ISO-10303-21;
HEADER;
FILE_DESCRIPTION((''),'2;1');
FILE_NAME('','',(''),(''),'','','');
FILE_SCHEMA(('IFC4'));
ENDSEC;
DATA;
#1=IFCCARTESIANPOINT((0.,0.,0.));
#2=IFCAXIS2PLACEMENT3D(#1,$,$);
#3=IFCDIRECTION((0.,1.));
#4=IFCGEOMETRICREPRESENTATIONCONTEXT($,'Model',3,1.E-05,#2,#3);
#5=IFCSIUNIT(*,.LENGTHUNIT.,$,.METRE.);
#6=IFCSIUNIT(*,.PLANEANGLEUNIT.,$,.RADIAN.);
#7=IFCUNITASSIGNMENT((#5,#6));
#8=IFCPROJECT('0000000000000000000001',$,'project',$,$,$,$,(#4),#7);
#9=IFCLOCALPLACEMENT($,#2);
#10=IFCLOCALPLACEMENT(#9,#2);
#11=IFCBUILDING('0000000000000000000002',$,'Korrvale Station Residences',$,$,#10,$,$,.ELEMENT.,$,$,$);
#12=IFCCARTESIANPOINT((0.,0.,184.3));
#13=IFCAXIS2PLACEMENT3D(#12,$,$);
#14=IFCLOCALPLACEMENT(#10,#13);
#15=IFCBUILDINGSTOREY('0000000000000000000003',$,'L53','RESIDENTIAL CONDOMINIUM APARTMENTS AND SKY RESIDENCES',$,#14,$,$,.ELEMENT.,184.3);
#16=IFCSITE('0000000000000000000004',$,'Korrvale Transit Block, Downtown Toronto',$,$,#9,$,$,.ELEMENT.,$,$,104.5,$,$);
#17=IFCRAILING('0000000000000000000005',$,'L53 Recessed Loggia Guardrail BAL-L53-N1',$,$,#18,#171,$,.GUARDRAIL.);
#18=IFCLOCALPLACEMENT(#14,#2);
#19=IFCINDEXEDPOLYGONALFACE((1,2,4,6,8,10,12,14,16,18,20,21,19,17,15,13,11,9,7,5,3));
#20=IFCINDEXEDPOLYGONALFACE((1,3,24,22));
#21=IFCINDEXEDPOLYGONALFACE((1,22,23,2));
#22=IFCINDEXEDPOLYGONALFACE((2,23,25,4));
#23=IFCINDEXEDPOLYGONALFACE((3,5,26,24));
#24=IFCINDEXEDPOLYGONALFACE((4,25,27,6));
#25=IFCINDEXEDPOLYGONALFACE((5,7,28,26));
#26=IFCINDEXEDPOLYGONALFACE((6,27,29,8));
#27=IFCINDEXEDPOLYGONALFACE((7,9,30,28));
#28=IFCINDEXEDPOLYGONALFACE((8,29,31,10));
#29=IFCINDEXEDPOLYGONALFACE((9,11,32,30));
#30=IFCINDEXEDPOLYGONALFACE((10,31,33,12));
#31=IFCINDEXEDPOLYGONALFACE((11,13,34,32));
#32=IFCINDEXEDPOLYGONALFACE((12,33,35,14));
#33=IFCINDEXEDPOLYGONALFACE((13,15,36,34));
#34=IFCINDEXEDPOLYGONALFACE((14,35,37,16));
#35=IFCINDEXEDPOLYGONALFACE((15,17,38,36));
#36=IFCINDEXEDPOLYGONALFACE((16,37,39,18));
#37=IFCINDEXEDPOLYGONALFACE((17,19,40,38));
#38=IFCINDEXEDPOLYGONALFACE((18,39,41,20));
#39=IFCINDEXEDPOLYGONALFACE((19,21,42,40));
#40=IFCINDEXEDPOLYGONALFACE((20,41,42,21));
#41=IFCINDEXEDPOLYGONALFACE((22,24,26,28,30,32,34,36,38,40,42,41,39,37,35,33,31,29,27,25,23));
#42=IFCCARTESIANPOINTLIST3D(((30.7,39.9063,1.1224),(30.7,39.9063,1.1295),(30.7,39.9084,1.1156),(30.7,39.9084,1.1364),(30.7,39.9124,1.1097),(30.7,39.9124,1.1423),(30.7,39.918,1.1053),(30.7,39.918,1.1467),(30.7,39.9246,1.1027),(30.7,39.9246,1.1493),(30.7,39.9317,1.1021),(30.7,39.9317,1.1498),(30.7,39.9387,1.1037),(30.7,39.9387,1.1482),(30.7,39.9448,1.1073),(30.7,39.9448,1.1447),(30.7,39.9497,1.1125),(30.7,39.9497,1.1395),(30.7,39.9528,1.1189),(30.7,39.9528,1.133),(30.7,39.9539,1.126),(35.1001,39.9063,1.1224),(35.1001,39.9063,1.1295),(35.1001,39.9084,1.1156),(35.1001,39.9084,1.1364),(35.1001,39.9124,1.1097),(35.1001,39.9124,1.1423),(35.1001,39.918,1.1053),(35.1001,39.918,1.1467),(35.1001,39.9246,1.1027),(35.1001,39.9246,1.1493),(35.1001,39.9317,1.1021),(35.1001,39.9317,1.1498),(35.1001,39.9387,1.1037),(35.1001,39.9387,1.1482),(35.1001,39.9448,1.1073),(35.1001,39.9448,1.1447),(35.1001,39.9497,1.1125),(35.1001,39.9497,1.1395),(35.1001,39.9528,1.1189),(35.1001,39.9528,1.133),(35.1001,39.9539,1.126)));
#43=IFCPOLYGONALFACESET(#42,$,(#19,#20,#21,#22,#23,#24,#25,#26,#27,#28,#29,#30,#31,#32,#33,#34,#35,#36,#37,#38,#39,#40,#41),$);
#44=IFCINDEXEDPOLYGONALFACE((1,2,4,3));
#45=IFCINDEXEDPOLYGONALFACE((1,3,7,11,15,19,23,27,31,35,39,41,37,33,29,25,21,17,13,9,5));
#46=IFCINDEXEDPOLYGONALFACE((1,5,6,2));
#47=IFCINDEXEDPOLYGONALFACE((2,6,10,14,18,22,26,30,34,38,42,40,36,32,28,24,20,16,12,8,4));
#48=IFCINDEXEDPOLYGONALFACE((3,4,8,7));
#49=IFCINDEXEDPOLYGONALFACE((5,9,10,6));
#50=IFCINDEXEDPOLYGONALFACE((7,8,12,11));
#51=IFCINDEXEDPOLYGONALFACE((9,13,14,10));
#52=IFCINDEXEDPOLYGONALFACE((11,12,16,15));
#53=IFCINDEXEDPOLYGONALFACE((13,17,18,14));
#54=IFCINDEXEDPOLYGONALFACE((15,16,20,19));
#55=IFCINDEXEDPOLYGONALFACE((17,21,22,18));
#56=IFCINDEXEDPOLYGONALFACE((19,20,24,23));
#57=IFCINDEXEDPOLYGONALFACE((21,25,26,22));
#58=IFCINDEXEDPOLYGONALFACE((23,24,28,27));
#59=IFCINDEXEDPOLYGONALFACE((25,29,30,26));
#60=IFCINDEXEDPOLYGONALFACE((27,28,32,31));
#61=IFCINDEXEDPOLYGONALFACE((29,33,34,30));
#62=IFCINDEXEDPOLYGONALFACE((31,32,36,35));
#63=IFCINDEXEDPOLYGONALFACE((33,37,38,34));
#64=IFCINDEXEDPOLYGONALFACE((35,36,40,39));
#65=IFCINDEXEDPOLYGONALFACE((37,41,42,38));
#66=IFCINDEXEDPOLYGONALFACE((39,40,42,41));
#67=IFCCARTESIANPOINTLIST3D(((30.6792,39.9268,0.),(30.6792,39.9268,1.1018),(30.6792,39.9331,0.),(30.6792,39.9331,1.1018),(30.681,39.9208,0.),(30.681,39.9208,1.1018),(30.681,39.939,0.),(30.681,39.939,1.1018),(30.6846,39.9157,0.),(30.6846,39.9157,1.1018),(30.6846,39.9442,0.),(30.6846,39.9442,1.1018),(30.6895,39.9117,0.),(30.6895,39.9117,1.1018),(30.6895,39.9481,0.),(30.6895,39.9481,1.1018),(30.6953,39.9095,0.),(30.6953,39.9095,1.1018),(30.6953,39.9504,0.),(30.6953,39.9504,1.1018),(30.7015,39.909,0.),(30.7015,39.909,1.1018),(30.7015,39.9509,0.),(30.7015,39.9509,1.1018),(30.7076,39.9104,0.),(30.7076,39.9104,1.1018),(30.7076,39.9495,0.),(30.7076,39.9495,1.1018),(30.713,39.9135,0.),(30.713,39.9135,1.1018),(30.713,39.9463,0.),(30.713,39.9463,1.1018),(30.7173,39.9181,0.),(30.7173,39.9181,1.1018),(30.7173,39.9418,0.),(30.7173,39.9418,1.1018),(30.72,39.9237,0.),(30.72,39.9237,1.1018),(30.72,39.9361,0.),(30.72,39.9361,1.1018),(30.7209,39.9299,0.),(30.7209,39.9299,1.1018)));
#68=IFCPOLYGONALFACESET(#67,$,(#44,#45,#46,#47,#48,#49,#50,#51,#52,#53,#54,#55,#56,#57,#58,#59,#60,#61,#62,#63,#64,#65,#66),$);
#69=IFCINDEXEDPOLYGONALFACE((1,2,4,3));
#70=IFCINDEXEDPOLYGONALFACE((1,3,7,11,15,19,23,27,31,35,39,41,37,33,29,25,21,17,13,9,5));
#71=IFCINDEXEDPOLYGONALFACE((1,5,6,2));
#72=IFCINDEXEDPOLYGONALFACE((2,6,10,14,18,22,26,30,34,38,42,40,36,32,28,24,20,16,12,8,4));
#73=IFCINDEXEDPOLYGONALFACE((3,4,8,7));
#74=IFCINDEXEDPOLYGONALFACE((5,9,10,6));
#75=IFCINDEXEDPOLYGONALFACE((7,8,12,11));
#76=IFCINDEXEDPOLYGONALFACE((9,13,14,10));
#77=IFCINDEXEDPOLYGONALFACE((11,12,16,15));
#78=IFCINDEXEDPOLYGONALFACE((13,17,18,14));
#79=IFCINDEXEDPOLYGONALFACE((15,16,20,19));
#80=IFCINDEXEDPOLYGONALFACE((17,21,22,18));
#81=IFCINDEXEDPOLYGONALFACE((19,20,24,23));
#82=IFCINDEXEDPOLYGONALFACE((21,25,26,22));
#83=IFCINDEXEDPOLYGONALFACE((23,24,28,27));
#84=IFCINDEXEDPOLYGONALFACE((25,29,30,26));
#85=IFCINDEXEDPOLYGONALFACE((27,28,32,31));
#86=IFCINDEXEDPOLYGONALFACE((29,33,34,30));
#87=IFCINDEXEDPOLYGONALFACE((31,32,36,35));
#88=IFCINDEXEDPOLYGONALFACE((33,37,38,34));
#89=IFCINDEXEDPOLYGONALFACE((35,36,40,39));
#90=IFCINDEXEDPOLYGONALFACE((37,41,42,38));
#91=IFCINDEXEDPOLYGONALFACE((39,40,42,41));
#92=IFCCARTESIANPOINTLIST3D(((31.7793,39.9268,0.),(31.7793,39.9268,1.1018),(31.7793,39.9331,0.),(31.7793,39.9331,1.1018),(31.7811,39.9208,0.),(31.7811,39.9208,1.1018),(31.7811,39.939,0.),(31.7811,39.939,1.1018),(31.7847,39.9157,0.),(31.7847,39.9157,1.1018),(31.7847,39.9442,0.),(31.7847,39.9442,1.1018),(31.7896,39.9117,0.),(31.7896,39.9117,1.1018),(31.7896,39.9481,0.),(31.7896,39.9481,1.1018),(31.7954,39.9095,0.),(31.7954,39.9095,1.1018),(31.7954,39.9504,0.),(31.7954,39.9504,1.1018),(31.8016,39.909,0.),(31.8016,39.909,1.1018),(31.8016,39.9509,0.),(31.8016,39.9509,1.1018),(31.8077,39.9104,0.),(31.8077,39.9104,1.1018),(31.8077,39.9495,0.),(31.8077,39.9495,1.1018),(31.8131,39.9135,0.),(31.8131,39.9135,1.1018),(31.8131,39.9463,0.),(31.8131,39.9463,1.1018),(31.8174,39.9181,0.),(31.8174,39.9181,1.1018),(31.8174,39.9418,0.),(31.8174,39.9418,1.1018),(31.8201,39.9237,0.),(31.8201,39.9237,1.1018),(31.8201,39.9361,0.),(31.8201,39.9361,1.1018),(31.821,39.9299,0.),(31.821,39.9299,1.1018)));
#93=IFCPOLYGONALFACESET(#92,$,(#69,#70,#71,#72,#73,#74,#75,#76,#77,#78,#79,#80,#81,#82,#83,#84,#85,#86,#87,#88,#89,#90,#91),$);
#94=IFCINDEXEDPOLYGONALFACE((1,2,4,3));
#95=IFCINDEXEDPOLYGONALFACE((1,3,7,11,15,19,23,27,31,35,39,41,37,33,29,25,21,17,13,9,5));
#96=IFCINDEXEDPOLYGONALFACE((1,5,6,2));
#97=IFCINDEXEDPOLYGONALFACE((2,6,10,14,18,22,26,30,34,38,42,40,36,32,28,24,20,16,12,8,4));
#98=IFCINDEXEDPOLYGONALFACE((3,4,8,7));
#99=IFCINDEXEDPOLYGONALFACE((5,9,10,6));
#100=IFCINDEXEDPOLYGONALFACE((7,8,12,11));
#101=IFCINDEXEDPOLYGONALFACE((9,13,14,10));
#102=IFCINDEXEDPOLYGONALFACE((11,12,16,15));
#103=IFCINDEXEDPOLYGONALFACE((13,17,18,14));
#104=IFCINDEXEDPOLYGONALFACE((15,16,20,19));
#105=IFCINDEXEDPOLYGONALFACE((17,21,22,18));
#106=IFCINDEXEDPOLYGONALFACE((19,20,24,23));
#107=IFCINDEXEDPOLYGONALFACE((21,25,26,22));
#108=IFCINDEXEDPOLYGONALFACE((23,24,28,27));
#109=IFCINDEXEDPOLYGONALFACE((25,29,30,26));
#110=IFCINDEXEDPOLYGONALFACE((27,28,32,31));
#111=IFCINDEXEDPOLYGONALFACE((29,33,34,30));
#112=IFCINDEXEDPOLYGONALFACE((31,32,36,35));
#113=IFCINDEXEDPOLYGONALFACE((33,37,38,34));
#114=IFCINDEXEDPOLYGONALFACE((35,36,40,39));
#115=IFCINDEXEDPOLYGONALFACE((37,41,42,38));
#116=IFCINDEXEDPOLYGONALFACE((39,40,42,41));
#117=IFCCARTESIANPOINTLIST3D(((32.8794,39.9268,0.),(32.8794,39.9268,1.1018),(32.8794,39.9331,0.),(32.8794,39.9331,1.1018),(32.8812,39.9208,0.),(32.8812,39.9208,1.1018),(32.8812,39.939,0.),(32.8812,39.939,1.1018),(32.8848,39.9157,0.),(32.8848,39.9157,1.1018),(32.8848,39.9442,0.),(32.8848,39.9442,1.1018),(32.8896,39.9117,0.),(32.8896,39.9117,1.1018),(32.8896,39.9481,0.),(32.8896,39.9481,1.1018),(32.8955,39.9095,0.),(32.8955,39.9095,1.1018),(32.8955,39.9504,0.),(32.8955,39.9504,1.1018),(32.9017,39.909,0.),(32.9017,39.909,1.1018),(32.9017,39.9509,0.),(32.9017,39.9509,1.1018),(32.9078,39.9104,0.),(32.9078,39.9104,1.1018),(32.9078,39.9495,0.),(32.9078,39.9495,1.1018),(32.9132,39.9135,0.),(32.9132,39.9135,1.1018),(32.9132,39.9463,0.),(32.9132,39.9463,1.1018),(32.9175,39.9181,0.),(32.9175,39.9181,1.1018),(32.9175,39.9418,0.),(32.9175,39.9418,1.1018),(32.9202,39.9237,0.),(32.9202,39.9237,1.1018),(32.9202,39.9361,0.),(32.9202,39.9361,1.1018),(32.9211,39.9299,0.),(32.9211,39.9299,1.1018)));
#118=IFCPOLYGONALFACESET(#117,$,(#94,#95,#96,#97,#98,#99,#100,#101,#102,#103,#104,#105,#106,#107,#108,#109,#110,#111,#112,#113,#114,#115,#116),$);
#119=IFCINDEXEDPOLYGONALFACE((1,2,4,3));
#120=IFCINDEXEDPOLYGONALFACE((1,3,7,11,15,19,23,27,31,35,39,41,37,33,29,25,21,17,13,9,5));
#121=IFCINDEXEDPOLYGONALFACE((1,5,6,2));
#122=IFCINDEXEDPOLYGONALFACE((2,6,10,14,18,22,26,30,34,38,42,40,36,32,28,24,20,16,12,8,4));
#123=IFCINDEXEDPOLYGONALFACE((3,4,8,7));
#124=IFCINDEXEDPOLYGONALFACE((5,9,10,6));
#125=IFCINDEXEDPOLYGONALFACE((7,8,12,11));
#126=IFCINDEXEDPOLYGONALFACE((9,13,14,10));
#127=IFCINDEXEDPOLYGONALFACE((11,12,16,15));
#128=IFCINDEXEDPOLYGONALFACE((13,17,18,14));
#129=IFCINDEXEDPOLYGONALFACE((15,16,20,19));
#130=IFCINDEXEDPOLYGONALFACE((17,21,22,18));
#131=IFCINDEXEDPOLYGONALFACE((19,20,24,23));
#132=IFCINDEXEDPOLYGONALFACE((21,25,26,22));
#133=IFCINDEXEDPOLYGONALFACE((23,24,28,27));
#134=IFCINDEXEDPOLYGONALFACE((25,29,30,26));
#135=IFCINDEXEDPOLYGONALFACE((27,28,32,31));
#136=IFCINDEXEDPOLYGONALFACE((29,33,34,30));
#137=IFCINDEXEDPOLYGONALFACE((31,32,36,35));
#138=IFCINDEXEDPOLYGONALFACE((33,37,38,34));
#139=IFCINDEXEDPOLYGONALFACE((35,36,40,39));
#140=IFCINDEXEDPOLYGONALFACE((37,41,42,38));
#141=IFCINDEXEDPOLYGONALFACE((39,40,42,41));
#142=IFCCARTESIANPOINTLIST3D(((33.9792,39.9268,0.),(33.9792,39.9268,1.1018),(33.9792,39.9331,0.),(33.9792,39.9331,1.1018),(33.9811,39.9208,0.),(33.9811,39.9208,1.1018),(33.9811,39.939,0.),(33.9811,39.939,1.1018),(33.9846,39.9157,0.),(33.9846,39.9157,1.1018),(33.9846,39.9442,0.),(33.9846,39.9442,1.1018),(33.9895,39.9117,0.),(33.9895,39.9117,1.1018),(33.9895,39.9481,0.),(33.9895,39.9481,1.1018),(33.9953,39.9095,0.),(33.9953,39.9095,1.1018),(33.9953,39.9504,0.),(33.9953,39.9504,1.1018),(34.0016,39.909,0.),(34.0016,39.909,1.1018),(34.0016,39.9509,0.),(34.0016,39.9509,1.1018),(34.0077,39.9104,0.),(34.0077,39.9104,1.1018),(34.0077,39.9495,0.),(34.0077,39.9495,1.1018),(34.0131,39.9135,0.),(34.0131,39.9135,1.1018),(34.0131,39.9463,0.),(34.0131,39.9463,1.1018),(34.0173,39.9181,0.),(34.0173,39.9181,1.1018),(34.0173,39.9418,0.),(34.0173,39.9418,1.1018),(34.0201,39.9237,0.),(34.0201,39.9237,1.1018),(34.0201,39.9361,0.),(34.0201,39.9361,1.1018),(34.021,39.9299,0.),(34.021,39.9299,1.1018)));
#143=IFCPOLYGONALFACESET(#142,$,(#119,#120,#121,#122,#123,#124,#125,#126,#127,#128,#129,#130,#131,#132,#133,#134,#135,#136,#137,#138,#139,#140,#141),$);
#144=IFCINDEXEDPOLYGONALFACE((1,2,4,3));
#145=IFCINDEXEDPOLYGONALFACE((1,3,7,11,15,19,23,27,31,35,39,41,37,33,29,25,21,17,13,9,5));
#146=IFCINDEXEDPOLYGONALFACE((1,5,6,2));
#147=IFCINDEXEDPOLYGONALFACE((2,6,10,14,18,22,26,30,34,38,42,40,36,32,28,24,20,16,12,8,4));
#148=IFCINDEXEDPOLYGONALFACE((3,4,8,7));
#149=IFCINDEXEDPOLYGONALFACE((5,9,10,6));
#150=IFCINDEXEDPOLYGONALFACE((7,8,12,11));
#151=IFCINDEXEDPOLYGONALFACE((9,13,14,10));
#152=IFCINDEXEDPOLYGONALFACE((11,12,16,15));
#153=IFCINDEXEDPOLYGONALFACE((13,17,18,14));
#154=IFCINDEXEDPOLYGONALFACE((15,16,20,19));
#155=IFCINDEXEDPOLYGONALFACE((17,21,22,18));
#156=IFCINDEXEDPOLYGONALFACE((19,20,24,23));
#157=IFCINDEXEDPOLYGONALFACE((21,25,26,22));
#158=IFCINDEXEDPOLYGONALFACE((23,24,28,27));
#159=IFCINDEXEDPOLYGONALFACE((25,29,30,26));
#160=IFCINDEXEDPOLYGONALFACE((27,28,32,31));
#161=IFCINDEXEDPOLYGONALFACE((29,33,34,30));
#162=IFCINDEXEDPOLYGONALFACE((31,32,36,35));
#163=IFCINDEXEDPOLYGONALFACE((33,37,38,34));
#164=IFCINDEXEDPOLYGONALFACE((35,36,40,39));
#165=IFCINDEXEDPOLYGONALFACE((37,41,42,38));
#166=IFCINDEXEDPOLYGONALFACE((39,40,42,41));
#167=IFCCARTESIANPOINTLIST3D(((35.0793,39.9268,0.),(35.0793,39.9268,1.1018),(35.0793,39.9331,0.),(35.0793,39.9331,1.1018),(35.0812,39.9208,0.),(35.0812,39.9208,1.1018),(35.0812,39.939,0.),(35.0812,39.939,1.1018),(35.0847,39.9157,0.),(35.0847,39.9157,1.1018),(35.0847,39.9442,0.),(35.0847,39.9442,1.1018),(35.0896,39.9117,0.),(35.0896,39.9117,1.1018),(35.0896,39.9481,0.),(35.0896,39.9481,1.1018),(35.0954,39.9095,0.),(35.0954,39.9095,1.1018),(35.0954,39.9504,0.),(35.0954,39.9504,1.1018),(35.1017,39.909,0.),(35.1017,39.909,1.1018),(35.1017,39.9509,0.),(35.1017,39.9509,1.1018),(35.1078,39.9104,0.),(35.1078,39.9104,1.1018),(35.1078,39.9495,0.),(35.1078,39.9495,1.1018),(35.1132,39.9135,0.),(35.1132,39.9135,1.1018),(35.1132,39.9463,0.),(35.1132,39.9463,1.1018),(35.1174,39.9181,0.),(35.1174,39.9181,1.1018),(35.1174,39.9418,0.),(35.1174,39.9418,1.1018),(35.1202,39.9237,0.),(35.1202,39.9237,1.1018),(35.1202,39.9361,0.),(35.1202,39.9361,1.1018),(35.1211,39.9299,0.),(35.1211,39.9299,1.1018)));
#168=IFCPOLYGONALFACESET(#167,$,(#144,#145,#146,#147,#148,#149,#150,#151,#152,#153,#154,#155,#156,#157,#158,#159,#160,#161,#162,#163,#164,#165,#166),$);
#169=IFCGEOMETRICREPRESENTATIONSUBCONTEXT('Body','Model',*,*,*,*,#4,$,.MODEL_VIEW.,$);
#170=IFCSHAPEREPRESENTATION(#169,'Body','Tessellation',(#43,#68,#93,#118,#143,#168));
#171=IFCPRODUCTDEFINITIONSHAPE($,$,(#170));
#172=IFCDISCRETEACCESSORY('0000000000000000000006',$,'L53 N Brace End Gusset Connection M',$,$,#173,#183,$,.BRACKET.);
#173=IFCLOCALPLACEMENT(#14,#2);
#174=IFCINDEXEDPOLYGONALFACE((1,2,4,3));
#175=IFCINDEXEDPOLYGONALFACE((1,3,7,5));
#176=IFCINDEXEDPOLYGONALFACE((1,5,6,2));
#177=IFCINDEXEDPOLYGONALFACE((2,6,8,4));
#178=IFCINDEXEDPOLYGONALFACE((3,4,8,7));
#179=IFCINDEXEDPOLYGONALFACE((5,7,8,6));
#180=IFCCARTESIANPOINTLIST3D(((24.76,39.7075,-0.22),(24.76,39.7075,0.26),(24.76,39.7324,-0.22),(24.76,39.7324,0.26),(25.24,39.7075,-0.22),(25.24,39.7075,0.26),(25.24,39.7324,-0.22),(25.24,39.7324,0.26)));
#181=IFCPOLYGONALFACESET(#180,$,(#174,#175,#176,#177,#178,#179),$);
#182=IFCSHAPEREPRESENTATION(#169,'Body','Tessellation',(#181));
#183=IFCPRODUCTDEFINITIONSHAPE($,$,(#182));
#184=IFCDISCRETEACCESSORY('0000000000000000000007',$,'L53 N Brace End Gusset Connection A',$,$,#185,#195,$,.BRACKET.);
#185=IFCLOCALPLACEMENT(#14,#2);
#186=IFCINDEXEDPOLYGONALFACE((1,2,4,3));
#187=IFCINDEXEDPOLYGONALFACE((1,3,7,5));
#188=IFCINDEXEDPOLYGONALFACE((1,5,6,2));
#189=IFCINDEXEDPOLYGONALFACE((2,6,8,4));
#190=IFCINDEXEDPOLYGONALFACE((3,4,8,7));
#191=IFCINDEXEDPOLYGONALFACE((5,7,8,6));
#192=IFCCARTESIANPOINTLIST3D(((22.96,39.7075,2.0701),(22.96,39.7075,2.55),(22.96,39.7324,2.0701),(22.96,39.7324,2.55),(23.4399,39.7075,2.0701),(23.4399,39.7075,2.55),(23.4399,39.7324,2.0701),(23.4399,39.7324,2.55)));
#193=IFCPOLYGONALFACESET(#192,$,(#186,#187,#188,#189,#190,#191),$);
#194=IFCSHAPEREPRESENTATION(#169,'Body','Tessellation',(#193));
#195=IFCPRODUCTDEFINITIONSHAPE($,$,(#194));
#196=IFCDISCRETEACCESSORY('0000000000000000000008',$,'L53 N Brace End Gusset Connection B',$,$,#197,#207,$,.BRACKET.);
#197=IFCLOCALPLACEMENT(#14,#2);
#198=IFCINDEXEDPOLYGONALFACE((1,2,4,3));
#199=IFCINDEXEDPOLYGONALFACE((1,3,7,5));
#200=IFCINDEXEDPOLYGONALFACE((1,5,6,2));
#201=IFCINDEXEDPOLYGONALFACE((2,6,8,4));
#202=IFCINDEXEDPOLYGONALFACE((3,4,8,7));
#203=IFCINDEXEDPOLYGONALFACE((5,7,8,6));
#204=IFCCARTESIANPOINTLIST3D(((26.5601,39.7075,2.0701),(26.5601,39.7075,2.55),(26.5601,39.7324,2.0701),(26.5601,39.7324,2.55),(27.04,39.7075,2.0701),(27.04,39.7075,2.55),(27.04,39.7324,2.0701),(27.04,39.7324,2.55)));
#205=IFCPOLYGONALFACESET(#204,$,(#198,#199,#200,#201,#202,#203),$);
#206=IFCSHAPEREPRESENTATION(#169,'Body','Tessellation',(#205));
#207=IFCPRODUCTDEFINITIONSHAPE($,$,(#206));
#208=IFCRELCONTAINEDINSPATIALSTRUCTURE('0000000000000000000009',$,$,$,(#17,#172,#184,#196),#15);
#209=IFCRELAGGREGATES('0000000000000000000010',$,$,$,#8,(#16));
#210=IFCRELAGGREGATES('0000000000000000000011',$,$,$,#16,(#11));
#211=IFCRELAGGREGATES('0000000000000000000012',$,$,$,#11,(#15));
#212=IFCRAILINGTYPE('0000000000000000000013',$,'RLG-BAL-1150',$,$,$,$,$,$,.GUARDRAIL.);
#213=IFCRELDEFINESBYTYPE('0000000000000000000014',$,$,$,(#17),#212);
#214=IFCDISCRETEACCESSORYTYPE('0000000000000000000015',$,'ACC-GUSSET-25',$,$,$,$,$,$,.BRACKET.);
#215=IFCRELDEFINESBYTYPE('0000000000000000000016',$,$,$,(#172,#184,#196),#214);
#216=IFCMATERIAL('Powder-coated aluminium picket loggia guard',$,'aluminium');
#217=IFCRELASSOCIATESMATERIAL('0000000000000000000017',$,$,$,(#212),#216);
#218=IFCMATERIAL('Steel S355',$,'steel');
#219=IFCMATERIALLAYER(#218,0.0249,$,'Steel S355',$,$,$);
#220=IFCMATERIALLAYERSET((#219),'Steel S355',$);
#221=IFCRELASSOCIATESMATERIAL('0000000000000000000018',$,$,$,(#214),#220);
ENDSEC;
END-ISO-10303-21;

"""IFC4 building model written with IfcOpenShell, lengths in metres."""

from ifc_helpers import new_model, si_unit, direction, frame, origin, origin_2d, place, context, subcontext, project, spatial, rectangle, circle, extrude, material, layer, layer_set, type_object, element, save


model = new_model("IFC4")

# Units and contexts
model_context = context("Model", 3, precision=1e-05, world=origin(), true_north=direction((0.0, 1.0)))
body_context = subcontext(model_context, "Body", "Model", "MODEL_VIEW")
ifc_project = project(units=[si_unit("LENGTHUNIT", "METRE"), si_unit("PLANEANGLEUNIT", "RADIAN")], contexts=[model_context])

# Site, building, storey
site_placement = place(None, origin())
site = spatial("IfcSite", under=ifc_project, at=site_placement, Name="Korrvale Transit Block, Downtown Toronto", CompositionType="ELEMENT", RefElevation=104.5)
building_placement = place(site_placement, origin())
building = spatial("IfcBuilding", under=site, at=building_placement, Name="Korrvale Station Residences", CompositionType="ELEMENT")
storey_placement = place(building_placement, frame((0.0, 0.0, 184.3)))
storey = spatial("IfcBuildingStorey", under=building, at=storey_placement, Name="L53", Description="RESIDENTIAL CONDOMINIUM APARTMENTS AND SKY RESIDENCES", CompositionType="ELEMENT", Elevation=184.3)

# Shared definitions
ifc_material_1 = material(Name="Steel S355", Category="steel")

# Railing
ifc_material_2 = material(Name="Powder-coated aluminium picket loggia guard", Category="aluminium")
railing_type = type_object("IfcRailingType", Name="RLG-BAL-1150", PredefinedType="GUARDRAIL", material=ifc_material_2)
railing_placement = place(storey_placement, frame((30.7, 39.9299, 0.0)))
element("IfcRailing", 1, at=railing_placement, inside=storey, type_object=railing_type, Name="L53 Recessed Loggia Guardrail BAL-L53-N1", PredefinedType="GUARDRAIL", context=body_context, shape_type="SweptSolid", body=[
    extrude(circle(Radius=0.0239, at=origin_2d()), frame((0.0, 0.0, 1.126), z_axis=(1.0, 0.0, 0.0), x_axis=(0.0, 1.0, 0.0)), (0.0, 0.0, 1.0), 4.4001),
    extrude(circle(Radius=0.021, at=origin_2d()), origin(), (0.0, 0.0, 1.0), 1.1018),
    extrude(circle(Radius=0.021, at=origin_2d()), frame((1.1001, 0.0, 0.0)), (0.0, 0.0, 1.0), 1.1018),
    extrude(circle(Radius=0.021, at=origin_2d()), frame((2.2002, 0.0, 0.0)), (0.0, 0.0, 1.0), 1.1018),
    extrude(circle(Radius=0.021, at=origin_2d()), frame((3.3, 0.0, 0.0)), (0.0, 0.0, 1.0), 1.1018),
    extrude(circle(Radius=0.021, at=origin_2d()), frame((4.4001, 0.0, 0.0)), (0.0, 0.0, 1.0), 1.1018),
])

# Discrete accessories
ifc_layer_1 = layer(ifc_material_1, 0.0249, Name="Steel S355")
ifc_layer_set_1 = layer_set([ifc_layer_1], Name="Steel S355")
discrete_accessory_type = type_object("IfcDiscreteAccessoryType", Name="ACC-GUSSET-25", PredefinedType="BRACKET", material=ifc_layer_set_1)
for number, where, z_axis, x_axis, name in (
    (2, (25.0, 39.72, -0.22), (0.0, 0.0, 1.0), (1.0, 0.0, 0.0), "L53 N Brace End Gusset Connection M"),
    (3, (23.2, 39.72, 2.0701), (0.0, 0.0, 1.0), (1.0, 0.0, 0.0), "L53 N Brace End Gusset Connection A"),
    (4, (26.8, 39.72, 2.0701), (0.0, 0.0, 1.0), (1.0, 0.0, 0.0), "L53 N Brace End Gusset Connection B"),
):
    element("IfcDiscreteAccessory", number, at=place(storey_placement, frame(where, z_axis=z_axis, x_axis=x_axis)), inside=storey, type_object=discrete_accessory_type, Name=name, PredefinedType="BRACKET", context=body_context, shape_type="SweptSolid", body=[
        extrude(rectangle(XDim=0.48, YDim=0.0249, at=origin_2d()), origin(), (0.0, 0.0, 1.0), 0.48),
    ])

save(model, "model.ifc")
